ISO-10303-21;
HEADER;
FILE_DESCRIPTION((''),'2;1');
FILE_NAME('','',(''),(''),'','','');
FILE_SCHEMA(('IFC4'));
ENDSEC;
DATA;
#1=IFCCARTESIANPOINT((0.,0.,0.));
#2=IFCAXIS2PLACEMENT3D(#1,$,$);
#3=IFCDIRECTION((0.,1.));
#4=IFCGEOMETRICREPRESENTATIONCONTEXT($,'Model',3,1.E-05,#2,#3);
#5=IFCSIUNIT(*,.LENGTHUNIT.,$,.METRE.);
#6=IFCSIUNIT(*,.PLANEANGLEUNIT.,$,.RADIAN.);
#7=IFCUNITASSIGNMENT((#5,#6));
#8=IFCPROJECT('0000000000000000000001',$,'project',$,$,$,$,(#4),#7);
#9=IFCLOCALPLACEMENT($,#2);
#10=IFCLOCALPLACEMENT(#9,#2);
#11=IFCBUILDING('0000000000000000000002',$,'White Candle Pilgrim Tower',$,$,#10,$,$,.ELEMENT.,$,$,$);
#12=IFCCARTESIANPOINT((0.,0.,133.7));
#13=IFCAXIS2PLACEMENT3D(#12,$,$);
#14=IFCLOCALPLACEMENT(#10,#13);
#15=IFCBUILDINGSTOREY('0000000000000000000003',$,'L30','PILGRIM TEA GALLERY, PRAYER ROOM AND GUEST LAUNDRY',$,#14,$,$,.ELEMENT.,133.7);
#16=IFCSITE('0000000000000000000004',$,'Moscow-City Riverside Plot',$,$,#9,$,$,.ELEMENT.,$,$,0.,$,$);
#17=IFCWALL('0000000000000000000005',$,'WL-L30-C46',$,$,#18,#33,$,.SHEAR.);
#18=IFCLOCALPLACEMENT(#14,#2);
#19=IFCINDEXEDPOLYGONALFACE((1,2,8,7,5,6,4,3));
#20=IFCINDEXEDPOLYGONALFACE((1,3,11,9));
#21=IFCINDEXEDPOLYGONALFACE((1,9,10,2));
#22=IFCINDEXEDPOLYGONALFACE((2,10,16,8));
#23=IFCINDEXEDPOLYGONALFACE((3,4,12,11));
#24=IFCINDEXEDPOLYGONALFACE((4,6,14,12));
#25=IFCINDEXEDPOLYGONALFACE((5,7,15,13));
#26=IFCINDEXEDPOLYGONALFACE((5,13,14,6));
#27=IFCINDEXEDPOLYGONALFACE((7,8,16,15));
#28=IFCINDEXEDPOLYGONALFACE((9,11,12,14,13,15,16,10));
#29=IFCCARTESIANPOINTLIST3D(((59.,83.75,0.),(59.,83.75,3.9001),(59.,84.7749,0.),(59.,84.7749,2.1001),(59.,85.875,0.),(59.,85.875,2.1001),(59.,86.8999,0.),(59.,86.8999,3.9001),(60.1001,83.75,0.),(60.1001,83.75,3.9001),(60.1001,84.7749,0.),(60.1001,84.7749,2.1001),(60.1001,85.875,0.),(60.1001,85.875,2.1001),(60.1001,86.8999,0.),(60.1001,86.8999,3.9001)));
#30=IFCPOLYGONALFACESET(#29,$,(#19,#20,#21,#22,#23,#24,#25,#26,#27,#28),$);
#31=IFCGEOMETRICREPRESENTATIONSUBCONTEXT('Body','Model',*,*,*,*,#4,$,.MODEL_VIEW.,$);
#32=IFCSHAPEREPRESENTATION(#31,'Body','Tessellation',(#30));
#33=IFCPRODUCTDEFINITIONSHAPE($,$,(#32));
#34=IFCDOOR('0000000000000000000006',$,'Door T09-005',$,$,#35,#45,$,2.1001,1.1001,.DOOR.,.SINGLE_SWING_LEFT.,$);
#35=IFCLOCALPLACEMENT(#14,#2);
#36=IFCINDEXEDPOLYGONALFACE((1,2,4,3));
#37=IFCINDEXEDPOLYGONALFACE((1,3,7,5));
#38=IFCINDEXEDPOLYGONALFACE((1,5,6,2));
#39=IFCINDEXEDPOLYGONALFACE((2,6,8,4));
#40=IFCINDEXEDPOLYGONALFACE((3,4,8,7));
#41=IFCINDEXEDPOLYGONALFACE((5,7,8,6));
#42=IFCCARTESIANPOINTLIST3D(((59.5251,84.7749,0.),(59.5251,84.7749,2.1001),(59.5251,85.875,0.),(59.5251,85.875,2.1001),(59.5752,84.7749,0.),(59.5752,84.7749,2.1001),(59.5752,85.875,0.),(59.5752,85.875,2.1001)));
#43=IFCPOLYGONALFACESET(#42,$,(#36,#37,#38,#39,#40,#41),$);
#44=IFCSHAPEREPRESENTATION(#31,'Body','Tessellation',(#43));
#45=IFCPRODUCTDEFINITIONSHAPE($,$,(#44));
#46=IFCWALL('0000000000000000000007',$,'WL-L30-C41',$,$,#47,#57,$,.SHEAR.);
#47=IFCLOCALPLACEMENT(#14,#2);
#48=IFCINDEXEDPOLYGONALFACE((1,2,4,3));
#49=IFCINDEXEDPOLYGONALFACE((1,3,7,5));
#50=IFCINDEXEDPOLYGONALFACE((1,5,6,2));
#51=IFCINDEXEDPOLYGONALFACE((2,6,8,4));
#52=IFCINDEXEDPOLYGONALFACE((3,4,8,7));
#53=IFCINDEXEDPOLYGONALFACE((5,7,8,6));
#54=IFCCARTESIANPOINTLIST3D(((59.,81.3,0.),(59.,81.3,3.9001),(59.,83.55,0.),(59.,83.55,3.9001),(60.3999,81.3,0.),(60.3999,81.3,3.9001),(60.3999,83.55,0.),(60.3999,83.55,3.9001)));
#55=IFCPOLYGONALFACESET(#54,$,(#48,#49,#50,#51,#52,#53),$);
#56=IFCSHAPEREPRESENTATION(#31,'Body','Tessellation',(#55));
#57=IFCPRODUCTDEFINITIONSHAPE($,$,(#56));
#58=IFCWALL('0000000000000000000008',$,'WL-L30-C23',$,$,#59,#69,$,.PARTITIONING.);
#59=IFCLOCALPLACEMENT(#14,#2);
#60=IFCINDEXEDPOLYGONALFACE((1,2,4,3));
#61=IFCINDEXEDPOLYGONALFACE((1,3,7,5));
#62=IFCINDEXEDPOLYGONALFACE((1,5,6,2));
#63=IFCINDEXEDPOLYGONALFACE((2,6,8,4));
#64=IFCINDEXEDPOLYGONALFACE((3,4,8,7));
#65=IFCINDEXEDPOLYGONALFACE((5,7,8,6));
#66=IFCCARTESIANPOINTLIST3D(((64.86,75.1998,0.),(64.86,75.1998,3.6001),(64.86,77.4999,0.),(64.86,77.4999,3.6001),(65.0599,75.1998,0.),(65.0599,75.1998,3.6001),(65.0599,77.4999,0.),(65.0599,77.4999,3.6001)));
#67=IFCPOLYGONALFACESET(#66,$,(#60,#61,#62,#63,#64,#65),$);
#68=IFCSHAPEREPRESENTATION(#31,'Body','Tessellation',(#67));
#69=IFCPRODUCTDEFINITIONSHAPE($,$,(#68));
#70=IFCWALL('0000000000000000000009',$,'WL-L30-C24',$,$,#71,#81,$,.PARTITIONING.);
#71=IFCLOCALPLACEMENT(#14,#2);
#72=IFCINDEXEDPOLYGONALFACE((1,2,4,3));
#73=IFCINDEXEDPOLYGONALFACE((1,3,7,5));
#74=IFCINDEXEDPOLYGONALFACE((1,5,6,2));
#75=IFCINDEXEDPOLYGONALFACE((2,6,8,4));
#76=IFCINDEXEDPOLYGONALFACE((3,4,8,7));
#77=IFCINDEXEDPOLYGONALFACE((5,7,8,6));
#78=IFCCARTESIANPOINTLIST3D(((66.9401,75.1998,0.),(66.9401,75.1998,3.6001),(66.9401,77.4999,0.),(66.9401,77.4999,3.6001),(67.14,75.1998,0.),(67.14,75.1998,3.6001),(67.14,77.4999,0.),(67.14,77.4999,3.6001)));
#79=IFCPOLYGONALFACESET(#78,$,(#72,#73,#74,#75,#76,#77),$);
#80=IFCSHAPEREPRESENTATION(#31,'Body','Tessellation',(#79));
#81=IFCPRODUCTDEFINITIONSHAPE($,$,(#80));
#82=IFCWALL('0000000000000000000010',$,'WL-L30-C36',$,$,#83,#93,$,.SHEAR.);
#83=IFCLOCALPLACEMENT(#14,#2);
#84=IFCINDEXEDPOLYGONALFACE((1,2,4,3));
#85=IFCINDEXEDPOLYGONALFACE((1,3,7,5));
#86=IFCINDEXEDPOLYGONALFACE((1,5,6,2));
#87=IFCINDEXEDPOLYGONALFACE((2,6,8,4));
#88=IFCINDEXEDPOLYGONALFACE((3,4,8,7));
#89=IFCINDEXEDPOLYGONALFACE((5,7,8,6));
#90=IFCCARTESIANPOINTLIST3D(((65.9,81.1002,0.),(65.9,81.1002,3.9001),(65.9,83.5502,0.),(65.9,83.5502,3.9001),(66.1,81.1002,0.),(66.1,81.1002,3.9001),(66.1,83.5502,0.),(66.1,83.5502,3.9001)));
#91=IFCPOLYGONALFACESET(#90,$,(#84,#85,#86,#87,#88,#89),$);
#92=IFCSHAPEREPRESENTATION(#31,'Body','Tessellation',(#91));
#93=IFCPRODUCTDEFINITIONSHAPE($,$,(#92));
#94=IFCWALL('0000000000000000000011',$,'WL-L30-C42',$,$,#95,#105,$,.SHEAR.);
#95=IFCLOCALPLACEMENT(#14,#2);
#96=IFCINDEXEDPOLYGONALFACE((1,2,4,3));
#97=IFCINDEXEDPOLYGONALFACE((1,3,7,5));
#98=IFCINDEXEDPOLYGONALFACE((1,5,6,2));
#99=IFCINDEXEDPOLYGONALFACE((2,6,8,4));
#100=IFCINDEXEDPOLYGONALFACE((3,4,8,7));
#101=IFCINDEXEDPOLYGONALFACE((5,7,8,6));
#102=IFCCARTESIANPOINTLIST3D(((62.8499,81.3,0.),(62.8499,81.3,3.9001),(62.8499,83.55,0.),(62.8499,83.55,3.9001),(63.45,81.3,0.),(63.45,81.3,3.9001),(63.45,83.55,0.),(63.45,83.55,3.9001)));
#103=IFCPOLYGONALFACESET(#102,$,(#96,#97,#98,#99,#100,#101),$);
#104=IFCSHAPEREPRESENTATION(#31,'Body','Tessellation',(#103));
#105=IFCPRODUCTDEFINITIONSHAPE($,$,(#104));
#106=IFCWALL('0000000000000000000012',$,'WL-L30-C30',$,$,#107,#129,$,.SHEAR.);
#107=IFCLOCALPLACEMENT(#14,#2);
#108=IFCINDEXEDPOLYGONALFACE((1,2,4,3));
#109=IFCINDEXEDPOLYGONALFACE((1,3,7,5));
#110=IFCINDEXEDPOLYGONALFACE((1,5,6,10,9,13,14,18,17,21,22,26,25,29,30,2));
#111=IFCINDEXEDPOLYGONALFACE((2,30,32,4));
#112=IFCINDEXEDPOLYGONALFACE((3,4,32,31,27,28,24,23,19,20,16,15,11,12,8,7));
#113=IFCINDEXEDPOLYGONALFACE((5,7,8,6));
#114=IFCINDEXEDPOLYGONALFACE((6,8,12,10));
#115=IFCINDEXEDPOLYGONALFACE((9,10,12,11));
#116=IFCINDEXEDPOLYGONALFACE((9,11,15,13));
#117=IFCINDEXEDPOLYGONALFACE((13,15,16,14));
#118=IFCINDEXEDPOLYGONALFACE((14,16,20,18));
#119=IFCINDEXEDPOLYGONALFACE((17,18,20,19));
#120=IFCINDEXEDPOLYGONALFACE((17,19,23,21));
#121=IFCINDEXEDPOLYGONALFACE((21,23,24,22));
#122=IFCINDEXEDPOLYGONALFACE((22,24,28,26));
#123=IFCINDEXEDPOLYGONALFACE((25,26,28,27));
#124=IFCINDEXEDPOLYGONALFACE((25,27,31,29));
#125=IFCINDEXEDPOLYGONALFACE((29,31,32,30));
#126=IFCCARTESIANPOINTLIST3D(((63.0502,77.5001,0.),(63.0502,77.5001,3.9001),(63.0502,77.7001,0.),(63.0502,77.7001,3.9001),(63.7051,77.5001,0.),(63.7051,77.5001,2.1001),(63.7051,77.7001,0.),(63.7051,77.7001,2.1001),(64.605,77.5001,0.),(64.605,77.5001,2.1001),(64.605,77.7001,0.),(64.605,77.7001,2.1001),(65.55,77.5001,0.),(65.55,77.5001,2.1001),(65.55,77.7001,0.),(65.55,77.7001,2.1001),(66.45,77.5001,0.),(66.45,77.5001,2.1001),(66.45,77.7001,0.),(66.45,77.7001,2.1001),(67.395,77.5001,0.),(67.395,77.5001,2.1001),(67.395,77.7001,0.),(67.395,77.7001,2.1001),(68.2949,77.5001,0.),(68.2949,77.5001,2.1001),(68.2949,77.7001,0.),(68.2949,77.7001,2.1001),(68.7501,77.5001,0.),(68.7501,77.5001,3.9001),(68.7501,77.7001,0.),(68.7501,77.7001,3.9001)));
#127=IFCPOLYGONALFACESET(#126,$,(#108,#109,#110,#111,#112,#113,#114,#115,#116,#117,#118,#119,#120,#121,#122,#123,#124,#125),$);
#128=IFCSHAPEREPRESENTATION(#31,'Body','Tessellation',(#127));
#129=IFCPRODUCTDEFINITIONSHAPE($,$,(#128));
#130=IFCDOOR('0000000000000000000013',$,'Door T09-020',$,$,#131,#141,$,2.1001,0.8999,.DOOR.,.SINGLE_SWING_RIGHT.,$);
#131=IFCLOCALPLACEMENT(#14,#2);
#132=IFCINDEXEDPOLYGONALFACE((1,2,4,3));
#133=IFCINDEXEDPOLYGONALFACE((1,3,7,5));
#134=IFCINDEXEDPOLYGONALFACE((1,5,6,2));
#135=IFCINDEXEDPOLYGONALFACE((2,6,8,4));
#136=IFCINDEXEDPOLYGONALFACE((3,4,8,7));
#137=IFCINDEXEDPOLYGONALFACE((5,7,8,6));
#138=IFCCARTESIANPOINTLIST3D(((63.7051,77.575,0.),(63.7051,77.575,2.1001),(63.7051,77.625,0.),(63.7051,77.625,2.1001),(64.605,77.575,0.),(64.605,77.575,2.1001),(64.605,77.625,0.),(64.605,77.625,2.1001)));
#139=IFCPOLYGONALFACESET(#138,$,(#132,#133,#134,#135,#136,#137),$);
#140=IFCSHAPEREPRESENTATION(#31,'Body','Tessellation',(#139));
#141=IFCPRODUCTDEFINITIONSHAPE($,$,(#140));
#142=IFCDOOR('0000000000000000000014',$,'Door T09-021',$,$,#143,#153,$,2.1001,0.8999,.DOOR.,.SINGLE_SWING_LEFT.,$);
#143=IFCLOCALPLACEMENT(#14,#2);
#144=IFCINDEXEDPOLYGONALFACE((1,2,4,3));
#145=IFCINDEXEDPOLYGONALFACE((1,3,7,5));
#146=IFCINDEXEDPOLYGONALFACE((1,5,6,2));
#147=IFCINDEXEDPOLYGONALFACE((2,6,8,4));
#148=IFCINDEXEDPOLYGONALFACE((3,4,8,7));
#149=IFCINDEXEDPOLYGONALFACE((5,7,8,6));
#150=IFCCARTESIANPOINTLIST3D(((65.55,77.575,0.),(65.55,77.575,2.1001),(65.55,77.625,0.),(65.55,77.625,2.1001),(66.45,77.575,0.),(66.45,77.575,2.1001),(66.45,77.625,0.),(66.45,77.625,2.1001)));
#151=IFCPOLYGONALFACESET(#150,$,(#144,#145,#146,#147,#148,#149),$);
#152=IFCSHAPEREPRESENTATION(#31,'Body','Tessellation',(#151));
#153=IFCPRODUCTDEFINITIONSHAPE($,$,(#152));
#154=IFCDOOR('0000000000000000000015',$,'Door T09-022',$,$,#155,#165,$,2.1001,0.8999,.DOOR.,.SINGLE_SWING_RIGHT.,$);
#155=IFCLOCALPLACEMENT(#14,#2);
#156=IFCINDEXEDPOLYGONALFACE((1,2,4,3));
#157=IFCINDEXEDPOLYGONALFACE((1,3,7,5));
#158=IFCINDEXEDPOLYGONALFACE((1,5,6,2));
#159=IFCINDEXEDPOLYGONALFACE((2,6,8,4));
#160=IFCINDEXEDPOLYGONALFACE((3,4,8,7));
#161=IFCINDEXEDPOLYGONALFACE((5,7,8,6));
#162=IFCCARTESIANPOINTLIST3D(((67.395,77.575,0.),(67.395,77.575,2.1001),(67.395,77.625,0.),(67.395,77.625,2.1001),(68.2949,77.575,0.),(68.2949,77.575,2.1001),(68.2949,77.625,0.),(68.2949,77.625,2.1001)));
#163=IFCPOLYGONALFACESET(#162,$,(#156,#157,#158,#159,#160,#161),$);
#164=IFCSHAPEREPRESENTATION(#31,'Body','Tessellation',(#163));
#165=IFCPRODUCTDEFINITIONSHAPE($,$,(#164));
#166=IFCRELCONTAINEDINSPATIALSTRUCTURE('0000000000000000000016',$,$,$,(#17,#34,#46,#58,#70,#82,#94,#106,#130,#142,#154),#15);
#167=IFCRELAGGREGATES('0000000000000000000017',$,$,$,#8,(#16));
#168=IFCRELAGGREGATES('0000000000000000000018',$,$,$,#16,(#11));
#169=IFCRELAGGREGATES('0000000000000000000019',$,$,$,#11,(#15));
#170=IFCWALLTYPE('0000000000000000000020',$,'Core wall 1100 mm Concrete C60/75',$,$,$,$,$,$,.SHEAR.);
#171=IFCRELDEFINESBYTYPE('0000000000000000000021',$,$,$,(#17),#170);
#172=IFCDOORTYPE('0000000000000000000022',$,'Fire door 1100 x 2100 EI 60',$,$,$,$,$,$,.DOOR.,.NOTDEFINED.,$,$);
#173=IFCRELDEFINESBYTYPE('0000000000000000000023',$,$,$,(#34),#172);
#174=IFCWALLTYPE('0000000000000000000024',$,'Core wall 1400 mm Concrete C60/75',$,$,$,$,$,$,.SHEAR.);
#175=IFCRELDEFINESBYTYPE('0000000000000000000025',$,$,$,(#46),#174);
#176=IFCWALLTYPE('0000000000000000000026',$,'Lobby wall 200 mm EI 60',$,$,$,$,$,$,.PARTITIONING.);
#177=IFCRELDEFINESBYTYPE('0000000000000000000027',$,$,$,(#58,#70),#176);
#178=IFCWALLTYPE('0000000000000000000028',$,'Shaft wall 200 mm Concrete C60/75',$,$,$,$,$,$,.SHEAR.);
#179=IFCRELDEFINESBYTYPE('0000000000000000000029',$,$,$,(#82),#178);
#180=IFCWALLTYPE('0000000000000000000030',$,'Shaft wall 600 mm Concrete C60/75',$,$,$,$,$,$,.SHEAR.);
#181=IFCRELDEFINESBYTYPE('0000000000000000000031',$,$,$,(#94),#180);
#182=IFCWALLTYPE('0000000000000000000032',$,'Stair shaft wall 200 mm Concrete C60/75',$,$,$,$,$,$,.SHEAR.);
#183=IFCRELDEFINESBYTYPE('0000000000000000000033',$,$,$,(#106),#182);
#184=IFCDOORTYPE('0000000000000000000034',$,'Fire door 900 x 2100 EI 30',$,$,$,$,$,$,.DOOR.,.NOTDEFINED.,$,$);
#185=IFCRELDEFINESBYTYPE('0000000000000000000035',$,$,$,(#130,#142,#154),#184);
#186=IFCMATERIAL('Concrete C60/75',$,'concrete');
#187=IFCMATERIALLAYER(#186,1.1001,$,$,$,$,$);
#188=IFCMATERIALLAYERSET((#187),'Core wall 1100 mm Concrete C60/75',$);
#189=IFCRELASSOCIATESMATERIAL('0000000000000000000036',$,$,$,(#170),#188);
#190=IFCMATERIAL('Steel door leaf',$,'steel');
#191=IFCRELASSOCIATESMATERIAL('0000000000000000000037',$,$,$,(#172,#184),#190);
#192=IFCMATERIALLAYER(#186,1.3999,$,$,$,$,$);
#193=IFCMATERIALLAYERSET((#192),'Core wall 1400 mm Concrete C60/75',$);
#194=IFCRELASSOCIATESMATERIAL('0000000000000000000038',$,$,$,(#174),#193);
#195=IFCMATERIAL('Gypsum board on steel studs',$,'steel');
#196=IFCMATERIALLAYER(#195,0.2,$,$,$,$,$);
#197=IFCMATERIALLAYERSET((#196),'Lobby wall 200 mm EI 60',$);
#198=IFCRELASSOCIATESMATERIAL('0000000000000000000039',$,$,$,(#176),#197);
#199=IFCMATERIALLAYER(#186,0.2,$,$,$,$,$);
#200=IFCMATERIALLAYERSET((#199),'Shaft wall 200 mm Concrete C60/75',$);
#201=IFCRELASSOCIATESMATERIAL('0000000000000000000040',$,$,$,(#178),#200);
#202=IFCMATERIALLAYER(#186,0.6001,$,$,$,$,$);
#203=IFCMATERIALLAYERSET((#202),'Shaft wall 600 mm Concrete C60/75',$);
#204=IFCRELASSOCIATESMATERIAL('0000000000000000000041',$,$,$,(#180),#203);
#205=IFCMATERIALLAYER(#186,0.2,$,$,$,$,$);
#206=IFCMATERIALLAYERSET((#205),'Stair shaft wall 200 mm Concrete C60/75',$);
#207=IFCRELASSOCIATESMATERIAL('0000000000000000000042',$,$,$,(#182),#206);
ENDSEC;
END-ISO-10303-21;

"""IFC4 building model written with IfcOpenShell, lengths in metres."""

from ifc_helpers import new_model, si_unit, direction, frame, frame_2d, origin, place, context, subcontext, project, spatial, rectangle, extrude, material, layer, layer_set, type_object, element, fill, save


model = new_model("IFC4")

# Units and contexts
model_context = context("Model", 3, precision=1e-05, world=origin(), true_north=direction((0.0, 1.0)))
body_context = subcontext(model_context, "Body", "Model", "MODEL_VIEW")
ifc_project = project(units=[si_unit("LENGTHUNIT", "METRE"), si_unit("PLANEANGLEUNIT", "RADIAN")], contexts=[model_context])

# Site, building, storey
site_placement = place(None, origin())
site = spatial("IfcSite", under=ifc_project, at=site_placement, Name="Moscow-City Riverside Plot", CompositionType="ELEMENT", RefElevation=0.0)
building_placement = place(site_placement, origin())
building = spatial("IfcBuilding", under=site, at=building_placement, Name="White Candle Pilgrim Tower", CompositionType="ELEMENT")
storey_placement = place(building_placement, frame((0.0, 0.0, 133.7)))
storey = spatial("IfcBuildingStorey", under=building, at=storey_placement, Name="L30", Description="PILGRIM TEA GALLERY, PRAYER ROOM AND GUEST LAUNDRY", CompositionType="ELEMENT", Elevation=133.7)

# Wall, opening, door
ifc_material_1 = material(Name="Concrete C60/75", Category="concrete")
ifc_layer_1 = layer(ifc_material_1, 1.1001)
ifc_layer_set_1 = layer_set([ifc_layer_1], Name="Core wall 1100 mm Concrete C60/75")
wall_type_1 = type_object("IfcWallType", Name="Core wall 1100 mm Concrete C60/75", PredefinedType="SHEAR", material=ifc_layer_set_1)
wall_1_placement = place(storey_placement, frame((59.55, 83.75, 0.0), z_axis=(0.0, 0.0, 1.0), x_axis=(0.0, 1.0, 0.0)))
wall_1 = element("IfcWall", 1, at=wall_1_placement, inside=storey, type_object=wall_type_1, Name="WL-L30-C46", PredefinedType="SHEAR", context=body_context, shape_type="SweptSolid", body=[
    extrude(rectangle(XDim=3.1499, YDim=1.1001, at=frame_2d((1.575, 0.0))), origin(), (0.0, 0.0, 1.0), 3.9001),
])
opening_1_placement = place(wall_1_placement, frame((1.0249, 0.0, 0.0)))
opening_1 = element("IfcOpeningElement", 2, at=opening_1_placement, cuts=wall_1, PredefinedType="OPENING", context=body_context, shape_type="SweptSolid", body=[
    extrude(rectangle(XDim=1.1001, YDim=2.1001, at=frame_2d((0.55, 1.05))), frame((0.0, 0.5601, 0.0), z_axis=(0.0, -1.0, 0.0), x_axis=(1.0, 0.0, 0.0)), (0.0, 0.0, 1.0), 1.1201),
])
ifc_material_2 = material(Name="Steel door leaf", Category="steel")
door_type_1 = type_object("IfcDoorType", Name="Fire door 1100 x 2100 EI 60", OperationType="NOTDEFINED", PredefinedType="DOOR", material=ifc_material_2)
door_1_placement = place(opening_1_placement, origin())
door_1 = element("IfcDoor", 3, at=door_1_placement, inside=storey, type_object=door_type_1, Name="Door T09-005", OperationType="SINGLE_SWING_LEFT", OverallHeight=2.1001, OverallWidth=1.1001, PredefinedType="DOOR", context=body_context, shape_type="SweptSolid", body=[
    extrude(rectangle(XDim=1.1001, YDim=2.1001, at=frame_2d((0.55, 1.05))), frame((0.0, 0.0249, 0.0), z_axis=(0.0, -1.0, 0.0), x_axis=(1.0, 0.0, 0.0)), (0.0, 0.0, 1.0), 0.05),
])
fill(opening_1, door_1)

# Walls
ifc_layer_2 = layer(ifc_material_1, 1.3999)
ifc_layer_set_2 = layer_set([ifc_layer_2], Name="Core wall 1400 mm Concrete C60/75")
wall_type_2 = type_object("IfcWallType", Name="Core wall 1400 mm Concrete C60/75", PredefinedType="SHEAR", material=ifc_layer_set_2)
wall_2_placement = place(storey_placement, frame((59.7, 81.3, 0.0), z_axis=(0.0, 0.0, 1.0), x_axis=(0.0, 1.0, 0.0)))
element("IfcWall", 4, at=wall_2_placement, inside=storey, type_object=wall_type_2, Name="WL-L30-C41", PredefinedType="SHEAR", context=body_context, shape_type="SweptSolid", body=[
    extrude(rectangle(XDim=2.25, YDim=1.3999, at=frame_2d((1.125, 0.0))), origin(), (0.0, 0.0, 1.0), 3.9001),
])
ifc_material_3 = material(Name="Gypsum board on steel studs", Category="steel")
ifc_layer_3 = layer(ifc_material_3, 0.2)
ifc_layer_set_3 = layer_set([ifc_layer_3], Name="Lobby wall 200 mm EI 60")
wall_type_3 = type_object("IfcWallType", Name="Lobby wall 200 mm EI 60", PredefinedType="PARTITIONING", material=ifc_layer_set_3)
for number, where, z_axis, x_axis, name in (
    (5, (64.96, 75.2, 0.0), (0.0, 0.0, 1.0), (0.0, 1.0, 0.0), "WL-L30-C23"),
    (6, (67.04, 75.2, 0.0), (0.0, 0.0, 1.0), (0.0, 1.0, 0.0), "WL-L30-C24"),
):
    element("IfcWall", number, at=place(storey_placement, frame(where, z_axis=z_axis, x_axis=x_axis)), inside=storey, type_object=wall_type_3, Name=name, PredefinedType="PARTITIONING", context=body_context, shape_type="SweptSolid", body=[
        extrude(rectangle(XDim=2.3, YDim=0.2, at=frame_2d((1.1499, 0.0))), origin(), (0.0, 0.0, 1.0), 3.6001),
    ])
ifc_layer_4 = layer(ifc_material_1, 0.2)
ifc_layer_set_4 = layer_set([ifc_layer_4], Name="Shaft wall 200 mm Concrete C60/75")
wall_type_4 = type_object("IfcWallType", Name="Shaft wall 200 mm Concrete C60/75", PredefinedType="SHEAR", material=ifc_layer_set_4)
wall_3_placement = place(storey_placement, frame((66.0, 81.1001, 0.0), z_axis=(0.0, 0.0, 1.0), x_axis=(0.0, 1.0, 0.0)))
element("IfcWall", 7, at=wall_3_placement, inside=storey, type_object=wall_type_4, Name="WL-L30-C36", PredefinedType="SHEAR", context=body_context, shape_type="SweptSolid", body=[
    extrude(rectangle(XDim=2.45, YDim=0.2, at=frame_2d((1.2251, 0.0))), origin(), (0.0, 0.0, 1.0), 3.9001),
])
ifc_layer_5 = layer(ifc_material_1, 0.6001)
ifc_layer_set_5 = layer_set([ifc_layer_5], Name="Shaft wall 600 mm Concrete C60/75")
wall_type_5 = type_object("IfcWallType", Name="Shaft wall 600 mm Concrete C60/75", PredefinedType="SHEAR", material=ifc_layer_set_5)
wall_4_placement = place(storey_placement, frame((63.1499, 81.3, 0.0), z_axis=(0.0, 0.0, 1.0), x_axis=(0.0, 1.0, 0.0)))
element("IfcWall", 8, at=wall_4_placement, inside=storey, type_object=wall_type_5, Name="WL-L30-C42", PredefinedType="SHEAR", context=body_context, shape_type="SweptSolid", body=[
    extrude(rectangle(XDim=2.25, YDim=0.6001, at=frame_2d((1.125, 0.0))), origin(), (0.0, 0.0, 1.0), 3.9001),
])

# Wall, openings, doors
ifc_layer_6 = layer(ifc_material_1, 0.2)
ifc_layer_set_6 = layer_set([ifc_layer_6], Name="Stair shaft wall 200 mm Concrete C60/75")
wall_type_6 = type_object("IfcWallType", Name="Stair shaft wall 200 mm Concrete C60/75", PredefinedType="SHEAR", material=ifc_layer_set_6)
wall_5_placement = place(storey_placement, frame((63.05, 77.6001, 0.0), z_axis=(0.0, 0.0, 1.0), x_axis=(1.0, 0.0, 0.0)))
wall_5 = element("IfcWall", 9, at=wall_5_placement, inside=storey, type_object=wall_type_6, Name="WL-L30-C30", PredefinedType="SHEAR", context=body_context, shape_type="SweptSolid", body=[
    extrude(rectangle(XDim=5.7, YDim=0.2, at=frame_2d((2.8501, 0.0))), origin(), (0.0, 0.0, 1.0), 3.9001),
])
opening_2_placement = place(wall_5_placement, frame((0.655, 0.0, 0.0)))
opening_2 = element("IfcOpeningElement", 10, at=opening_2_placement, cuts=wall_5, PredefinedType="OPENING", context=body_context, shape_type="SweptSolid", body=[
    extrude(rectangle(XDim=0.8999, YDim=2.1001, at=frame_2d((0.45, 1.05))), frame((0.0, 0.1099, 0.0), z_axis=(0.0, -1.0, 0.0), x_axis=(1.0, 0.0, 0.0)), (0.0, 0.0, 1.0), 0.22),
])
opening_3_placement = place(wall_5_placement, frame((2.5, 0.0, 0.0)))
opening_3 = element("IfcOpeningElement", 11, at=opening_3_placement, cuts=wall_5, PredefinedType="OPENING", context=body_context, shape_type="SweptSolid", body=[
    extrude(rectangle(XDim=0.8999, YDim=2.1001, at=frame_2d((0.45, 1.05))), frame((0.0, 0.1099, 0.0), z_axis=(0.0, -1.0, 0.0), x_axis=(1.0, 0.0, 0.0)), (0.0, 0.0, 1.0), 0.22),
])
opening_4_placement = place(wall_5_placement, frame((4.345, 0.0, 0.0)))
opening_4 = element("IfcOpeningElement", 12, at=opening_4_placement, cuts=wall_5, PredefinedType="OPENING", context=body_context, shape_type="SweptSolid", body=[
    extrude(rectangle(XDim=0.8999, YDim=2.1001, at=frame_2d((0.45, 1.05))), frame((0.0, 0.1099, 0.0), z_axis=(0.0, -1.0, 0.0), x_axis=(1.0, 0.0, 0.0)), (0.0, 0.0, 1.0), 0.22),
])
door_type_2 = type_object("IfcDoorType", Name="Fire door 900 x 2100 EI 30", OperationType="NOTDEFINED", PredefinedType="DOOR", material=ifc_material_2)
door_2_placement = place(opening_2_placement, origin())
door_2 = element("IfcDoor", 13, at=door_2_placement, inside=storey, type_object=door_type_2, Name="Door T09-020", OperationType="SINGLE_SWING_RIGHT", OverallHeight=2.1001, OverallWidth=0.8999, PredefinedType="DOOR", context=body_context, shape_type="SweptSolid", body=[
    extrude(rectangle(XDim=0.8999, YDim=2.1001, at=frame_2d((0.45, 1.05))), frame((0.0, 0.0249, 0.0), z_axis=(0.0, -1.0, 0.0), x_axis=(1.0, 0.0, 0.0)), (0.0, 0.0, 1.0), 0.05),
])
fill(opening_2, door_2)
door_3_placement = place(opening_3_placement, origin())
door_3 = element("IfcDoor", 14, at=door_3_placement, inside=storey, type_object=door_type_2, Name="Door T09-021", OperationType="SINGLE_SWING_LEFT", OverallHeight=2.1001, OverallWidth=0.8999, PredefinedType="DOOR", context=body_context, shape_type="SweptSolid", body=[
    extrude(rectangle(XDim=0.8999, YDim=2.1001, at=frame_2d((0.45, 1.05))), frame((0.0, 0.0249, 0.0), z_axis=(0.0, -1.0, 0.0), x_axis=(1.0, 0.0, 0.0)), (0.0, 0.0, 1.0), 0.05),
])
fill(opening_3, door_3)
door_4_placement = place(opening_4_placement, origin())
door_4 = element("IfcDoor", 15, at=door_4_placement, inside=storey, type_object=door_type_2, Name="Door T09-022", OperationType="SINGLE_SWING_RIGHT", OverallHeight=2.1001, OverallWidth=0.8999, PredefinedType="DOOR", context=body_context, shape_type="SweptSolid", body=[
    extrude(rectangle(XDim=0.8999, YDim=2.1001, at=frame_2d((0.45, 1.05))), frame((0.0, 0.0249, 0.0), z_axis=(0.0, -1.0, 0.0), x_axis=(1.0, 0.0, 0.0)), (0.0, 0.0, 1.0), 0.05),
])
fill(opening_4, door_4)

save(model, "model.ifc")
